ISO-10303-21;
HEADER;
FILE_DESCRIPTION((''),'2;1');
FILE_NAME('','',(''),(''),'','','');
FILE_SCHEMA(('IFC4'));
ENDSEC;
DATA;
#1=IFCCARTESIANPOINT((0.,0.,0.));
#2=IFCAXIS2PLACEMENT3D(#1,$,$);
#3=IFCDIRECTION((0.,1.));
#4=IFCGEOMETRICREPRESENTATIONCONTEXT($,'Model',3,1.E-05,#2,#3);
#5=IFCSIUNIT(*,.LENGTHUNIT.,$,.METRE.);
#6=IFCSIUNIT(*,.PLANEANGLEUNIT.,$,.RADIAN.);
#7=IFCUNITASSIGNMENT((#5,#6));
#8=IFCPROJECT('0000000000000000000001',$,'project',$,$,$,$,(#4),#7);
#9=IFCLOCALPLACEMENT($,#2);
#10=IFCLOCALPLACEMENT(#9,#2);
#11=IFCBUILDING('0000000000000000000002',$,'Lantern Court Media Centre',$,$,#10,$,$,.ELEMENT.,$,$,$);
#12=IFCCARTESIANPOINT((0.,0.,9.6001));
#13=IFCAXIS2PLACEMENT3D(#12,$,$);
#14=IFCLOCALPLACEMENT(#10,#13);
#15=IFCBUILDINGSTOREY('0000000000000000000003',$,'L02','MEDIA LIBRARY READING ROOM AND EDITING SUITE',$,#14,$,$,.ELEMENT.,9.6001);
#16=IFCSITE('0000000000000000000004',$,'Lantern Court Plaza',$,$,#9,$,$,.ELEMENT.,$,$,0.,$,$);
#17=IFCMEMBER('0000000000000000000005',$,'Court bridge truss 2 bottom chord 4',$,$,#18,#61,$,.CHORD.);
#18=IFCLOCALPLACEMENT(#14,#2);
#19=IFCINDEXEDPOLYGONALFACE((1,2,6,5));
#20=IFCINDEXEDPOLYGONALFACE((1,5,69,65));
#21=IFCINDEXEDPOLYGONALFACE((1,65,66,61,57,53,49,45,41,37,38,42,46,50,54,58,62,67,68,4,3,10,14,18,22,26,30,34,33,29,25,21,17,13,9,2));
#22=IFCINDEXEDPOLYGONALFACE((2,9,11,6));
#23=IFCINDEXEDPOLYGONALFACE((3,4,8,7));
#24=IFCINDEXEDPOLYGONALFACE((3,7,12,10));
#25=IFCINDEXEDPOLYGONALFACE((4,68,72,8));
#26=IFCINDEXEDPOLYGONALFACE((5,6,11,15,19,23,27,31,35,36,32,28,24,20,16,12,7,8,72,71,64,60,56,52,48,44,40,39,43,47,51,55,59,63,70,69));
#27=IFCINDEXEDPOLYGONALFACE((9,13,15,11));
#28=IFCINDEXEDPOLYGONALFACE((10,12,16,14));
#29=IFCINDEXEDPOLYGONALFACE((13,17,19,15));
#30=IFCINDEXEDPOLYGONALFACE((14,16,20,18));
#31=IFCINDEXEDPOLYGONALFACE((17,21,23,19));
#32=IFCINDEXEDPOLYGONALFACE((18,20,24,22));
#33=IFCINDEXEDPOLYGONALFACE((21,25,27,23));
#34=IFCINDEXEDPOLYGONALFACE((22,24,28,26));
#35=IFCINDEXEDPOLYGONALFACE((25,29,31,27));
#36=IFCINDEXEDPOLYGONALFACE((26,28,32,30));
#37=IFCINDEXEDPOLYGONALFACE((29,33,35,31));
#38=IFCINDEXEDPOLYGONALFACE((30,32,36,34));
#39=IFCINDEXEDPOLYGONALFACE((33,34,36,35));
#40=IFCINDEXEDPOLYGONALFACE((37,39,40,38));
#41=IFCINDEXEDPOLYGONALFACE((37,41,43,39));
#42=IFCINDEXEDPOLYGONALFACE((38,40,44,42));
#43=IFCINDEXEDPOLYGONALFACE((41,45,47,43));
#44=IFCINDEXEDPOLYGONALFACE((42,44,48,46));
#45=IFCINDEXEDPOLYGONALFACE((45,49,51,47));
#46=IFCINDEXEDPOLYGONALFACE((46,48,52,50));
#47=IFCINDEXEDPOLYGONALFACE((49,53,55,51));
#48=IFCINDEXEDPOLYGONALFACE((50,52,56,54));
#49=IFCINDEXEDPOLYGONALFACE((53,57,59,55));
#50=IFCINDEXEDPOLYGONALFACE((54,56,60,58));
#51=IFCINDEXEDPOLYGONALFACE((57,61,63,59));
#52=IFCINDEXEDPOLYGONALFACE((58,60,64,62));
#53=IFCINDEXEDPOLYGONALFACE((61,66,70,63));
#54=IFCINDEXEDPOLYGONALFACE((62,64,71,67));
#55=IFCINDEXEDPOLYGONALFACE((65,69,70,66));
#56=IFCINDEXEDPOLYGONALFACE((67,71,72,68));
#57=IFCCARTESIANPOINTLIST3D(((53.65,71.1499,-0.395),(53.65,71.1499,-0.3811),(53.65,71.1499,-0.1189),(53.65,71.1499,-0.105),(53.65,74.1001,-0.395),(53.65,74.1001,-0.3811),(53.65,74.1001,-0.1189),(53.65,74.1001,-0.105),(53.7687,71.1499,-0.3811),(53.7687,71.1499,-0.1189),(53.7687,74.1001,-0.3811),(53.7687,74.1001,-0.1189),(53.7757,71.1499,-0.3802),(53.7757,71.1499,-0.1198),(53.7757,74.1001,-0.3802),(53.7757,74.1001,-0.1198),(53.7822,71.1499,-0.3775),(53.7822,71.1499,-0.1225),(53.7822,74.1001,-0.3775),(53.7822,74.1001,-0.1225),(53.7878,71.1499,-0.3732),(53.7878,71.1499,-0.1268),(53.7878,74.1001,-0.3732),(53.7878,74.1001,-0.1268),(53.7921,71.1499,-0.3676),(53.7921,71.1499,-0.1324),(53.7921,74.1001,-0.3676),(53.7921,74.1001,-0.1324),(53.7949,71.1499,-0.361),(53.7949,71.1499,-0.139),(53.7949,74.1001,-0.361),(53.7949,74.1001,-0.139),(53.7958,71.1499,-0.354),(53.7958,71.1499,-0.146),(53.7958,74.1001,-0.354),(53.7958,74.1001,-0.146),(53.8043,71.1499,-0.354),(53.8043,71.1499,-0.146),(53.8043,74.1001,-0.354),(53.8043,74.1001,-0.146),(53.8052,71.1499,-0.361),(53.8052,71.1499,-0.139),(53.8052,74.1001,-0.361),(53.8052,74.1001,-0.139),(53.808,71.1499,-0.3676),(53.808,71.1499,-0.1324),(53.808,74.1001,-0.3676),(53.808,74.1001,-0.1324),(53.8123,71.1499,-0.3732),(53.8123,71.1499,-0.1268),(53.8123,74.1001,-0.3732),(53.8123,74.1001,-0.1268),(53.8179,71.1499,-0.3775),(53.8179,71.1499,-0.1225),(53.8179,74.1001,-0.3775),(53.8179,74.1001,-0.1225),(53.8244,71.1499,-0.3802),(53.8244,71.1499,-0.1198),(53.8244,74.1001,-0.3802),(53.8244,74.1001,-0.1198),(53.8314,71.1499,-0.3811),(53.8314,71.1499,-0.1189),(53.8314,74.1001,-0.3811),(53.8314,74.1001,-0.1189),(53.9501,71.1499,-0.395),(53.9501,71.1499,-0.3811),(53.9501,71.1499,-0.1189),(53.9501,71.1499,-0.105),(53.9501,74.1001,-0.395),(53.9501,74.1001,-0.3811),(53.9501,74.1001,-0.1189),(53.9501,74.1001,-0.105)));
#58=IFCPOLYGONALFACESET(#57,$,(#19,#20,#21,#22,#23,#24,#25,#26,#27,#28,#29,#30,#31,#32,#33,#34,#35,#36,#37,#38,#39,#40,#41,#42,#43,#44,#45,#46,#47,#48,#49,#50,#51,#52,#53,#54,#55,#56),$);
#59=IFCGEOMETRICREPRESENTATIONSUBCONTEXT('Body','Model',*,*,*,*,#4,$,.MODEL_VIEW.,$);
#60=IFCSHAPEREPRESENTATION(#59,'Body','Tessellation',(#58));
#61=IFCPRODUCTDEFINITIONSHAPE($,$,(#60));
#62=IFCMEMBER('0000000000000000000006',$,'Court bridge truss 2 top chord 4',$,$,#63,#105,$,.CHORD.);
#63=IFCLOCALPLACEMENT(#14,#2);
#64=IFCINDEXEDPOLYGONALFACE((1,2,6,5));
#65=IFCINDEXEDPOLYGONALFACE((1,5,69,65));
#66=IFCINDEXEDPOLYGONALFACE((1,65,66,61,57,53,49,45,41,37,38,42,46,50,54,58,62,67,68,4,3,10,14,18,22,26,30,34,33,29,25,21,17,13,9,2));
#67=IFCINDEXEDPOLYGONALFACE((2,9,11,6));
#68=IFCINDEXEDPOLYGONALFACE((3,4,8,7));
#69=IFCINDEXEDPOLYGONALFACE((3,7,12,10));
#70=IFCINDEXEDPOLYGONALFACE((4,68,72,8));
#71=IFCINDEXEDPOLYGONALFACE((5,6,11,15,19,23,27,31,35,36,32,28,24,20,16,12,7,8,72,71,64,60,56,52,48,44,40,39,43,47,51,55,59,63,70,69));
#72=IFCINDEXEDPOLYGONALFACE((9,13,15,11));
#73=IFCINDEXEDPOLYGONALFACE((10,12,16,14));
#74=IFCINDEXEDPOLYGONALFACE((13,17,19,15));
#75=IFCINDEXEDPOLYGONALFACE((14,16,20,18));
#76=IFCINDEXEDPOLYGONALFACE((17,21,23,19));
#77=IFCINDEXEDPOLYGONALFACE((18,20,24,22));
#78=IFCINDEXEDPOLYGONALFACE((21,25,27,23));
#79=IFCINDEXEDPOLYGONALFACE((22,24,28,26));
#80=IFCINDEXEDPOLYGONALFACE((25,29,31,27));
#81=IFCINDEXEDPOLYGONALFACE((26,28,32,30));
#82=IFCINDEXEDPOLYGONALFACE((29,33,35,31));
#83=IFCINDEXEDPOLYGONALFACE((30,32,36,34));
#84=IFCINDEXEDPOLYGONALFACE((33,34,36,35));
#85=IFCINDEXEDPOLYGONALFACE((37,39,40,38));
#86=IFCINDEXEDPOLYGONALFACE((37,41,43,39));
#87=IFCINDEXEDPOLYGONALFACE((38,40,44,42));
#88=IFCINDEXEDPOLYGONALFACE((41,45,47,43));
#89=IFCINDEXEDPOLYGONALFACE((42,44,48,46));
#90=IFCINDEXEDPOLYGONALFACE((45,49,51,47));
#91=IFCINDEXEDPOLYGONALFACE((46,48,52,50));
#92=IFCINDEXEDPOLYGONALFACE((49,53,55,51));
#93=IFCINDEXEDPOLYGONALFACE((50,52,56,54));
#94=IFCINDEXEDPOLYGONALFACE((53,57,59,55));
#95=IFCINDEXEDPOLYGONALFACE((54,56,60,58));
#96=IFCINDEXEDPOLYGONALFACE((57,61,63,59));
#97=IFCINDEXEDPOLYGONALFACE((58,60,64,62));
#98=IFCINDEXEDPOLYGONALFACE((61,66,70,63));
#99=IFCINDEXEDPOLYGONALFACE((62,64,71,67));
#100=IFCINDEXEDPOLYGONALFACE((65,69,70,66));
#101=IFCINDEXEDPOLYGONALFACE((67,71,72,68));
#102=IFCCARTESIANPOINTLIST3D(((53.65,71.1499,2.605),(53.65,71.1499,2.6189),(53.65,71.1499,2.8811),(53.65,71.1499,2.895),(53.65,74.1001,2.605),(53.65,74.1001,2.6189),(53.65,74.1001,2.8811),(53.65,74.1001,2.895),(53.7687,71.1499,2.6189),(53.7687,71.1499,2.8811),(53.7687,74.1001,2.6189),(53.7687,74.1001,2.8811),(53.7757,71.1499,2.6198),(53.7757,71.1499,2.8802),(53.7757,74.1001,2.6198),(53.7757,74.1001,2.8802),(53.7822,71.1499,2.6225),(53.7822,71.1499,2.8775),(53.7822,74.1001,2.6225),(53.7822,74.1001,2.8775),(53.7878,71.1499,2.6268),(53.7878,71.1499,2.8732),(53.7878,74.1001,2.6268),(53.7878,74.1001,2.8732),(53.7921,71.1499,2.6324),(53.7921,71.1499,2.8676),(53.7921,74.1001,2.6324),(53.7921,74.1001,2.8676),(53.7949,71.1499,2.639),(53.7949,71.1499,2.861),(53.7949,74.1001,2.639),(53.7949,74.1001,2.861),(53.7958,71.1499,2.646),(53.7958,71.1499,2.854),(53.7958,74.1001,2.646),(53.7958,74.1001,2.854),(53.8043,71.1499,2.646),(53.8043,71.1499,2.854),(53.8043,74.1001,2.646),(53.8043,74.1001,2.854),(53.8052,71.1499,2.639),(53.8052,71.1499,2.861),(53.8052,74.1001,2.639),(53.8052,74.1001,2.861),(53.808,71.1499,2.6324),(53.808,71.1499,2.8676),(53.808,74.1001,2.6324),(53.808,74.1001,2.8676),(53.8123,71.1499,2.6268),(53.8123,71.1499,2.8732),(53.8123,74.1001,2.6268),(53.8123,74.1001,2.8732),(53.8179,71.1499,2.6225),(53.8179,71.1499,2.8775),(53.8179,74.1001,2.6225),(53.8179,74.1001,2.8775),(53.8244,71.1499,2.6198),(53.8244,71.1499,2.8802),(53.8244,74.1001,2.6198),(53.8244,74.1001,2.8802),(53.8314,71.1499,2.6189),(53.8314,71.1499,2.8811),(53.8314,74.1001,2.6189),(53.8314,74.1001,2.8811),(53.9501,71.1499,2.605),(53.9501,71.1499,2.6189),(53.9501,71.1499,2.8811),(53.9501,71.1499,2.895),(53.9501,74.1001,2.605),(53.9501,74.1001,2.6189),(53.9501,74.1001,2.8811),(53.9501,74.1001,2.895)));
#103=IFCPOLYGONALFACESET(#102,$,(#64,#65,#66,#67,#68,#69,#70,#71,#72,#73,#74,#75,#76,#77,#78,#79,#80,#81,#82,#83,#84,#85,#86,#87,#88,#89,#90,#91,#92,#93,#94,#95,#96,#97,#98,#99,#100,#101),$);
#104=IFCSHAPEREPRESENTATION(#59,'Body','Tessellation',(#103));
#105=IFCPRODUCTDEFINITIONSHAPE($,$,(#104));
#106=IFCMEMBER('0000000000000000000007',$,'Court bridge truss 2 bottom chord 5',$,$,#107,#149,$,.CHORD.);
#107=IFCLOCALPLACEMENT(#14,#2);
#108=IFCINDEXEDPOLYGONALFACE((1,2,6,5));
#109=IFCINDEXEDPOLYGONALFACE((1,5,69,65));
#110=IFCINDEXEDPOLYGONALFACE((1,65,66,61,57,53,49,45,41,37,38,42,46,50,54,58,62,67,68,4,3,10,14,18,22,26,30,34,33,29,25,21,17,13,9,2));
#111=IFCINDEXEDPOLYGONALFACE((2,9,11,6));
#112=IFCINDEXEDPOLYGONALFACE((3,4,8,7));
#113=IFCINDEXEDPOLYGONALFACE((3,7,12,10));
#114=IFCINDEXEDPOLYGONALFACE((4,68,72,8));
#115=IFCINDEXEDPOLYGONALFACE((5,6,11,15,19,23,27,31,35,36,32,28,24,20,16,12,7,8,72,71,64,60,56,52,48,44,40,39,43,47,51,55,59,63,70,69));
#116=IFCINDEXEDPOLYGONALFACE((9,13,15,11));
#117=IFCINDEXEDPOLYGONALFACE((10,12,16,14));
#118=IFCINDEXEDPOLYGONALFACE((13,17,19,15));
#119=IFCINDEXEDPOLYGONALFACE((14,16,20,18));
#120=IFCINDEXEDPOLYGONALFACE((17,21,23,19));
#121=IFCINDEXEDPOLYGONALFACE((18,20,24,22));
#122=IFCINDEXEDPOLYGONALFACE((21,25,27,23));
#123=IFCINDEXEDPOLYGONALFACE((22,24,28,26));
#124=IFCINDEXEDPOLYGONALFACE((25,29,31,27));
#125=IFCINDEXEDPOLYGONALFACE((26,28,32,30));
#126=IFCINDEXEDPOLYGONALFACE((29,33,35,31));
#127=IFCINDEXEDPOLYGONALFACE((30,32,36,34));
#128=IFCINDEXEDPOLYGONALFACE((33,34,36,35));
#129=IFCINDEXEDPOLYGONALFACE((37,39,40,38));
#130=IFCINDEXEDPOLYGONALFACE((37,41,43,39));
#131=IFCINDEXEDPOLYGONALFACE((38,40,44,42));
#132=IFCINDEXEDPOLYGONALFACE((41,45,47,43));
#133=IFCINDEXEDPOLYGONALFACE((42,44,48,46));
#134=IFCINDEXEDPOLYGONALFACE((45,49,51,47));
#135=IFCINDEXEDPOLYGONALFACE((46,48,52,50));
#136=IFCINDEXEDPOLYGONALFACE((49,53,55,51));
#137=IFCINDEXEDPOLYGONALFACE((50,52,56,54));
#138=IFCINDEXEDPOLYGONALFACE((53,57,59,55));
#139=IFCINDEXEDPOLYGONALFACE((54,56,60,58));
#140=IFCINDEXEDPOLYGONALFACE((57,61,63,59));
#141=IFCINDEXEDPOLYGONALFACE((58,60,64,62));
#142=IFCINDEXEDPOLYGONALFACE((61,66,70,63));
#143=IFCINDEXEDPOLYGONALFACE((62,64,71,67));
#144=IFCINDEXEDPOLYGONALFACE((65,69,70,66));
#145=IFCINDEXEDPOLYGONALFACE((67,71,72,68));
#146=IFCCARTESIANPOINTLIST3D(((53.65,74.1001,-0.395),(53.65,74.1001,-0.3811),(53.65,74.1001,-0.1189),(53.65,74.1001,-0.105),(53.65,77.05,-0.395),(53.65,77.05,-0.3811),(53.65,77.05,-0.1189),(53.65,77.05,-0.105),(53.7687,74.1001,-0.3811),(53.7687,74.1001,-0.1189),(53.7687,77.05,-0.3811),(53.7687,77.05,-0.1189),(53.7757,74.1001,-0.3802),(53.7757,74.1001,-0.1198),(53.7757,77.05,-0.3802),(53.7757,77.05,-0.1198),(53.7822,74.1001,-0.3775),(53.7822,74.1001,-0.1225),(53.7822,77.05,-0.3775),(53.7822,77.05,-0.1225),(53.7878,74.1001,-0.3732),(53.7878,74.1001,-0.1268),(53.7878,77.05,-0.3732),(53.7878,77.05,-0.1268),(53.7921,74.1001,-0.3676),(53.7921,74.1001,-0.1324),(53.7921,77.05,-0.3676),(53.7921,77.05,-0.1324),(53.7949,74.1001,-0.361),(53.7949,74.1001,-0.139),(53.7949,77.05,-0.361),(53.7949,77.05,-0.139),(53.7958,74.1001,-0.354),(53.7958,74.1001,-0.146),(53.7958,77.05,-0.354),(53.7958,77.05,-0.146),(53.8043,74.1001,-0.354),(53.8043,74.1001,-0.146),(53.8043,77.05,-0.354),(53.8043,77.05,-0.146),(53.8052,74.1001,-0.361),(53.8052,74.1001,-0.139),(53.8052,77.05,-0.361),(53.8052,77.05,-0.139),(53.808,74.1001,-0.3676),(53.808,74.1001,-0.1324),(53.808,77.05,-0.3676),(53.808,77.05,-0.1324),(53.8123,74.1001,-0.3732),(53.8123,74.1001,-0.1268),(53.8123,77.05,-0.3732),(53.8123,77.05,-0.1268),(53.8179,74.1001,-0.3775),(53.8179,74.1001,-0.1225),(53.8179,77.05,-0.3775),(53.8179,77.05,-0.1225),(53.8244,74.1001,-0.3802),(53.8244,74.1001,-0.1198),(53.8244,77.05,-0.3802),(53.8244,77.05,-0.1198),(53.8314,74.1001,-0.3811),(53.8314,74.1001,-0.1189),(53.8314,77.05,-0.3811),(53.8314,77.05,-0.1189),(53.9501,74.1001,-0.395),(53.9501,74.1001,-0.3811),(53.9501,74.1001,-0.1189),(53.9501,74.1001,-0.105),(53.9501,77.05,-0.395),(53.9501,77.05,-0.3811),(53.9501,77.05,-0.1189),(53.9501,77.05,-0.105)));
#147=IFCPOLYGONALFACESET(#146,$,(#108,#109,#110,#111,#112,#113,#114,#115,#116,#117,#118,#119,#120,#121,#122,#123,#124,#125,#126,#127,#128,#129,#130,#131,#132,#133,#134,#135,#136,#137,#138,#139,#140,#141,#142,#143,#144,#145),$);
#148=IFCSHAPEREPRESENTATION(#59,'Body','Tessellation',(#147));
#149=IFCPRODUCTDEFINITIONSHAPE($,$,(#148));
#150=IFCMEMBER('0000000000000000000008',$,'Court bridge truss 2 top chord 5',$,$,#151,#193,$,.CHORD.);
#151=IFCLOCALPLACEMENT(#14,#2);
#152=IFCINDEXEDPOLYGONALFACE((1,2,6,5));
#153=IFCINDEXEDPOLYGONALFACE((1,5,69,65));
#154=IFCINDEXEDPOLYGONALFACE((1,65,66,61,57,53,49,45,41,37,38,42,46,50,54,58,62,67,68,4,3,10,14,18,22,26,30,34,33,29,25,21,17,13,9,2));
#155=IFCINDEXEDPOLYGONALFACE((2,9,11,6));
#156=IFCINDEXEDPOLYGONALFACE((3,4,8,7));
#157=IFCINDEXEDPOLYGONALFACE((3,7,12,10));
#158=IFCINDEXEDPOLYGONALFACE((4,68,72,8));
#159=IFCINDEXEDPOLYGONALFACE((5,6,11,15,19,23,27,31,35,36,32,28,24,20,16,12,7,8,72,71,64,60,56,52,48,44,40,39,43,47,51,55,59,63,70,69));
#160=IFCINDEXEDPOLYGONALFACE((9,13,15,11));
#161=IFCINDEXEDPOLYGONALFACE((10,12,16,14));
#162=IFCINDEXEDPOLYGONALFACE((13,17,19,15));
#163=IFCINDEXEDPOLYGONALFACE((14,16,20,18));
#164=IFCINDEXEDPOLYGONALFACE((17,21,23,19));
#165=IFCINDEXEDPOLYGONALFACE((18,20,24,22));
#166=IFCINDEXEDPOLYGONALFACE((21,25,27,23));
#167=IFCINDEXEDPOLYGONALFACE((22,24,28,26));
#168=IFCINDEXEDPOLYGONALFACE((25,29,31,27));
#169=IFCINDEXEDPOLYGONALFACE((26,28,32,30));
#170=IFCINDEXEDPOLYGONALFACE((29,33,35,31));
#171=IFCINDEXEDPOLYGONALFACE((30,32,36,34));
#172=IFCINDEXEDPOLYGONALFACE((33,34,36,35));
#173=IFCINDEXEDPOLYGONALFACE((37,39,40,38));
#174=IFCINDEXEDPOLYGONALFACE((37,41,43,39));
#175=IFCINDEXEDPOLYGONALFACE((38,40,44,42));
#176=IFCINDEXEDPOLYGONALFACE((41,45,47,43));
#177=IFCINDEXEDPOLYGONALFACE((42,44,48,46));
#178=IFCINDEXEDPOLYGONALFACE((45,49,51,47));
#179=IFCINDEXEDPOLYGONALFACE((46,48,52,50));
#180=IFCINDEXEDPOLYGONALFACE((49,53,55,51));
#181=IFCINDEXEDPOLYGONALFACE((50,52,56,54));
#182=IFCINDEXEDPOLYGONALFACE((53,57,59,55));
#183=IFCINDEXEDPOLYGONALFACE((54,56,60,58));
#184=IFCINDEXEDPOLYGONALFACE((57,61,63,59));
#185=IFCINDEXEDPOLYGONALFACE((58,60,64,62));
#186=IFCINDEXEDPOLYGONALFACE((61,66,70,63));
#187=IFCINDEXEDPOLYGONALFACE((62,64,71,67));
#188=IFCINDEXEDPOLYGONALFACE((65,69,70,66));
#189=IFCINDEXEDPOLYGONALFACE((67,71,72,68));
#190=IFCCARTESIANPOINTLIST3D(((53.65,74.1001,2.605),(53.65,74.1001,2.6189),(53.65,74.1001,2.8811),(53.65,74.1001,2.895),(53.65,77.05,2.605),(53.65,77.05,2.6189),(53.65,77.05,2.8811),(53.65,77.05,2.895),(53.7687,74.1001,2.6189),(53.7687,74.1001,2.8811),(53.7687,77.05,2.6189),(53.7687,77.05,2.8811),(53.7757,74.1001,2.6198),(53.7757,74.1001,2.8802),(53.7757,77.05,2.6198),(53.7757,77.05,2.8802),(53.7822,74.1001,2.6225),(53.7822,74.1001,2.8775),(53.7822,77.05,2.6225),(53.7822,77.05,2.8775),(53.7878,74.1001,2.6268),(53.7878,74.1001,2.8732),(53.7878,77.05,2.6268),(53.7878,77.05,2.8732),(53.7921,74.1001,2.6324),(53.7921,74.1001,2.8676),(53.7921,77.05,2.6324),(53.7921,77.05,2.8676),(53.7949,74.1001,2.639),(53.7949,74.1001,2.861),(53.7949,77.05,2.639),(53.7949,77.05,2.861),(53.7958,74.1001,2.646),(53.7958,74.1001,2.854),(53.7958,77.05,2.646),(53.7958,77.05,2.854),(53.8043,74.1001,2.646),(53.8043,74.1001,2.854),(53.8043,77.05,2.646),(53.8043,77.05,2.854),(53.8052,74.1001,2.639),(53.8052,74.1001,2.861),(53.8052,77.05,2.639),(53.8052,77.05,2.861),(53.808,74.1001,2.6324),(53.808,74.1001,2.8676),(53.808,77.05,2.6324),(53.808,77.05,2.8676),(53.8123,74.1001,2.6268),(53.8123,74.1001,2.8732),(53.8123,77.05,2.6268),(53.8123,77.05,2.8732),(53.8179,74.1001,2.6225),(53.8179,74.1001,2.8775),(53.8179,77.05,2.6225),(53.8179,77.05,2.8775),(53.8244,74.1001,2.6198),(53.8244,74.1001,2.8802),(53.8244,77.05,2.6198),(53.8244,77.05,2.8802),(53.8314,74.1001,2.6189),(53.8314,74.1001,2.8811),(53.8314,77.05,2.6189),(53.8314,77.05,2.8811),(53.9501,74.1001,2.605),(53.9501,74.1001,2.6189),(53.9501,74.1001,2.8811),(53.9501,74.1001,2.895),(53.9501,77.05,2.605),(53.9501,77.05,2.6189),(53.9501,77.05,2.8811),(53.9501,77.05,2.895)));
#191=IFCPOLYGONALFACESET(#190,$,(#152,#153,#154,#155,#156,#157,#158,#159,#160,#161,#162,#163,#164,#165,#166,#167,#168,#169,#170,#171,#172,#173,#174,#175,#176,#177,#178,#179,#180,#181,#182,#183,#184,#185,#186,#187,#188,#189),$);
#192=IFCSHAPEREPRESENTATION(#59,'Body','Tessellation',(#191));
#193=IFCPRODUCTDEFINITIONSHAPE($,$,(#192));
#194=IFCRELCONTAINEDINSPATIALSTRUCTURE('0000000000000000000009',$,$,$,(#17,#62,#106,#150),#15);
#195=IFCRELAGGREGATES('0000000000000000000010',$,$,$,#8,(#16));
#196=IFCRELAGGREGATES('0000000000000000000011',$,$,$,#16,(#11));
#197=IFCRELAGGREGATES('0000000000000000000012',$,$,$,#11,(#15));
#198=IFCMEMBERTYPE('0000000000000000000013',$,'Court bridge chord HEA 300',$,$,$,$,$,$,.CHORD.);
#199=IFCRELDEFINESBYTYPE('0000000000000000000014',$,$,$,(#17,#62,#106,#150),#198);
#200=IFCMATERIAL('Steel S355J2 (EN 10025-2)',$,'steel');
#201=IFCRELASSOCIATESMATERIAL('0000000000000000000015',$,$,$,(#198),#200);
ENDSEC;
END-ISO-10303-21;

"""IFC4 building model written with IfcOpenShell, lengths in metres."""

from ifc_helpers import new_model, si_unit, direction, frame, origin, origin_2d, place, context, subcontext, project, spatial, i_section, extrude, material, material_profile, profile_set, type_object, element, save


model = new_model("IFC4")

# Units and contexts
model_context = context("Model", 3, precision=1e-05, world=origin(), true_north=direction((0.0, 1.0)))
body_context = subcontext(model_context, "Body", "Model", "MODEL_VIEW")
ifc_project = project(units=[si_unit("LENGTHUNIT", "METRE"), si_unit("PLANEANGLEUNIT", "RADIAN")], contexts=[model_context])

# Site, building, storey
site_placement = place(None, origin())
site = spatial("IfcSite", under=ifc_project, at=site_placement, Name="Lantern Court Plaza", CompositionType="ELEMENT", RefElevation=0.0)
building_placement = place(site_placement, origin())
building = spatial("IfcBuilding", under=site, at=building_placement, Name="Lantern Court Media Centre", CompositionType="ELEMENT")
storey_placement = place(building_placement, frame((0.0, 0.0, 9.6001)))
storey = spatial("IfcBuildingStorey", under=building, at=storey_placement, Name="L02", Description="MEDIA LIBRARY READING ROOM AND EDITING SUITE", CompositionType="ELEMENT", Elevation=9.6001)

# Members
ifc_material_1 = material(Name="Steel S355J2 (EN 10025-2)", Category="steel")
ifc_material_profile_1 = material_profile(ifc_material_1, i_section(OverallWidth=0.3, OverallDepth=0.29, WebThickness=0.0085, FlangeThickness=0.0139, FilletRadius=0.0271, at=origin_2d()), Name="HEA 300")
ifc_profile_set_1 = profile_set([ifc_material_profile_1], Name="Steel S355J2 (EN 10025-2)")
member_type_1 = type_object("IfcMemberType", Name="Court bridge chord HEA 300", PredefinedType="CHORD", material=ifc_profile_set_1)
for number, where, z_axis, x_axis, name in (
    (1, (53.8, 71.1499, -0.25), (0.0, 1.0, 0.0), (-1.0, 0.0, 0.0), "Court bridge truss 2 bottom chord 4"),
    (2, (53.8, 71.1499, 2.75), (0.0, 1.0, 0.0), (-1.0, 0.0, 0.0), "Court bridge truss 2 top chord 4"),
):
    element("IfcMember", number, at=place(storey_placement, frame(where, z_axis=z_axis, x_axis=x_axis)), inside=storey, type_object=member_type_1, Name=name, PredefinedType="CHORD", context=body_context, shape_type="SweptSolid", body=[
        extrude(i_section(OverallWidth=0.3, OverallDepth=0.29, WebThickness=0.0085, FlangeThickness=0.0139, FilletRadius=0.0271, at=origin_2d()), origin(), (0.0, 0.0, 1.0), 2.9502),
    ])
for number, where, z_axis, x_axis, name in (
    (3, (53.8, 74.1001, -0.25), (0.0, 1.0, 0.0), (-1.0, 0.0, 0.0), "Court bridge truss 2 bottom chord 5"),
    (4, (53.8, 74.1001, 2.75), (0.0, 1.0, 0.0), (-1.0, 0.0, 0.0), "Court bridge truss 2 top chord 5"),
):
    element("IfcMember", number, at=place(storey_placement, frame(where, z_axis=z_axis, x_axis=x_axis)), inside=storey, type_object=member_type_1, Name=name, PredefinedType="CHORD", context=body_context, shape_type="SweptSolid", body=[
        extrude(i_section(OverallWidth=0.3, OverallDepth=0.29, WebThickness=0.0085, FlangeThickness=0.0139, FilletRadius=0.0271, at=origin_2d()), origin(), (0.0, 0.0, 1.0), 2.95),
    ])

save(model, "model.ifc")
